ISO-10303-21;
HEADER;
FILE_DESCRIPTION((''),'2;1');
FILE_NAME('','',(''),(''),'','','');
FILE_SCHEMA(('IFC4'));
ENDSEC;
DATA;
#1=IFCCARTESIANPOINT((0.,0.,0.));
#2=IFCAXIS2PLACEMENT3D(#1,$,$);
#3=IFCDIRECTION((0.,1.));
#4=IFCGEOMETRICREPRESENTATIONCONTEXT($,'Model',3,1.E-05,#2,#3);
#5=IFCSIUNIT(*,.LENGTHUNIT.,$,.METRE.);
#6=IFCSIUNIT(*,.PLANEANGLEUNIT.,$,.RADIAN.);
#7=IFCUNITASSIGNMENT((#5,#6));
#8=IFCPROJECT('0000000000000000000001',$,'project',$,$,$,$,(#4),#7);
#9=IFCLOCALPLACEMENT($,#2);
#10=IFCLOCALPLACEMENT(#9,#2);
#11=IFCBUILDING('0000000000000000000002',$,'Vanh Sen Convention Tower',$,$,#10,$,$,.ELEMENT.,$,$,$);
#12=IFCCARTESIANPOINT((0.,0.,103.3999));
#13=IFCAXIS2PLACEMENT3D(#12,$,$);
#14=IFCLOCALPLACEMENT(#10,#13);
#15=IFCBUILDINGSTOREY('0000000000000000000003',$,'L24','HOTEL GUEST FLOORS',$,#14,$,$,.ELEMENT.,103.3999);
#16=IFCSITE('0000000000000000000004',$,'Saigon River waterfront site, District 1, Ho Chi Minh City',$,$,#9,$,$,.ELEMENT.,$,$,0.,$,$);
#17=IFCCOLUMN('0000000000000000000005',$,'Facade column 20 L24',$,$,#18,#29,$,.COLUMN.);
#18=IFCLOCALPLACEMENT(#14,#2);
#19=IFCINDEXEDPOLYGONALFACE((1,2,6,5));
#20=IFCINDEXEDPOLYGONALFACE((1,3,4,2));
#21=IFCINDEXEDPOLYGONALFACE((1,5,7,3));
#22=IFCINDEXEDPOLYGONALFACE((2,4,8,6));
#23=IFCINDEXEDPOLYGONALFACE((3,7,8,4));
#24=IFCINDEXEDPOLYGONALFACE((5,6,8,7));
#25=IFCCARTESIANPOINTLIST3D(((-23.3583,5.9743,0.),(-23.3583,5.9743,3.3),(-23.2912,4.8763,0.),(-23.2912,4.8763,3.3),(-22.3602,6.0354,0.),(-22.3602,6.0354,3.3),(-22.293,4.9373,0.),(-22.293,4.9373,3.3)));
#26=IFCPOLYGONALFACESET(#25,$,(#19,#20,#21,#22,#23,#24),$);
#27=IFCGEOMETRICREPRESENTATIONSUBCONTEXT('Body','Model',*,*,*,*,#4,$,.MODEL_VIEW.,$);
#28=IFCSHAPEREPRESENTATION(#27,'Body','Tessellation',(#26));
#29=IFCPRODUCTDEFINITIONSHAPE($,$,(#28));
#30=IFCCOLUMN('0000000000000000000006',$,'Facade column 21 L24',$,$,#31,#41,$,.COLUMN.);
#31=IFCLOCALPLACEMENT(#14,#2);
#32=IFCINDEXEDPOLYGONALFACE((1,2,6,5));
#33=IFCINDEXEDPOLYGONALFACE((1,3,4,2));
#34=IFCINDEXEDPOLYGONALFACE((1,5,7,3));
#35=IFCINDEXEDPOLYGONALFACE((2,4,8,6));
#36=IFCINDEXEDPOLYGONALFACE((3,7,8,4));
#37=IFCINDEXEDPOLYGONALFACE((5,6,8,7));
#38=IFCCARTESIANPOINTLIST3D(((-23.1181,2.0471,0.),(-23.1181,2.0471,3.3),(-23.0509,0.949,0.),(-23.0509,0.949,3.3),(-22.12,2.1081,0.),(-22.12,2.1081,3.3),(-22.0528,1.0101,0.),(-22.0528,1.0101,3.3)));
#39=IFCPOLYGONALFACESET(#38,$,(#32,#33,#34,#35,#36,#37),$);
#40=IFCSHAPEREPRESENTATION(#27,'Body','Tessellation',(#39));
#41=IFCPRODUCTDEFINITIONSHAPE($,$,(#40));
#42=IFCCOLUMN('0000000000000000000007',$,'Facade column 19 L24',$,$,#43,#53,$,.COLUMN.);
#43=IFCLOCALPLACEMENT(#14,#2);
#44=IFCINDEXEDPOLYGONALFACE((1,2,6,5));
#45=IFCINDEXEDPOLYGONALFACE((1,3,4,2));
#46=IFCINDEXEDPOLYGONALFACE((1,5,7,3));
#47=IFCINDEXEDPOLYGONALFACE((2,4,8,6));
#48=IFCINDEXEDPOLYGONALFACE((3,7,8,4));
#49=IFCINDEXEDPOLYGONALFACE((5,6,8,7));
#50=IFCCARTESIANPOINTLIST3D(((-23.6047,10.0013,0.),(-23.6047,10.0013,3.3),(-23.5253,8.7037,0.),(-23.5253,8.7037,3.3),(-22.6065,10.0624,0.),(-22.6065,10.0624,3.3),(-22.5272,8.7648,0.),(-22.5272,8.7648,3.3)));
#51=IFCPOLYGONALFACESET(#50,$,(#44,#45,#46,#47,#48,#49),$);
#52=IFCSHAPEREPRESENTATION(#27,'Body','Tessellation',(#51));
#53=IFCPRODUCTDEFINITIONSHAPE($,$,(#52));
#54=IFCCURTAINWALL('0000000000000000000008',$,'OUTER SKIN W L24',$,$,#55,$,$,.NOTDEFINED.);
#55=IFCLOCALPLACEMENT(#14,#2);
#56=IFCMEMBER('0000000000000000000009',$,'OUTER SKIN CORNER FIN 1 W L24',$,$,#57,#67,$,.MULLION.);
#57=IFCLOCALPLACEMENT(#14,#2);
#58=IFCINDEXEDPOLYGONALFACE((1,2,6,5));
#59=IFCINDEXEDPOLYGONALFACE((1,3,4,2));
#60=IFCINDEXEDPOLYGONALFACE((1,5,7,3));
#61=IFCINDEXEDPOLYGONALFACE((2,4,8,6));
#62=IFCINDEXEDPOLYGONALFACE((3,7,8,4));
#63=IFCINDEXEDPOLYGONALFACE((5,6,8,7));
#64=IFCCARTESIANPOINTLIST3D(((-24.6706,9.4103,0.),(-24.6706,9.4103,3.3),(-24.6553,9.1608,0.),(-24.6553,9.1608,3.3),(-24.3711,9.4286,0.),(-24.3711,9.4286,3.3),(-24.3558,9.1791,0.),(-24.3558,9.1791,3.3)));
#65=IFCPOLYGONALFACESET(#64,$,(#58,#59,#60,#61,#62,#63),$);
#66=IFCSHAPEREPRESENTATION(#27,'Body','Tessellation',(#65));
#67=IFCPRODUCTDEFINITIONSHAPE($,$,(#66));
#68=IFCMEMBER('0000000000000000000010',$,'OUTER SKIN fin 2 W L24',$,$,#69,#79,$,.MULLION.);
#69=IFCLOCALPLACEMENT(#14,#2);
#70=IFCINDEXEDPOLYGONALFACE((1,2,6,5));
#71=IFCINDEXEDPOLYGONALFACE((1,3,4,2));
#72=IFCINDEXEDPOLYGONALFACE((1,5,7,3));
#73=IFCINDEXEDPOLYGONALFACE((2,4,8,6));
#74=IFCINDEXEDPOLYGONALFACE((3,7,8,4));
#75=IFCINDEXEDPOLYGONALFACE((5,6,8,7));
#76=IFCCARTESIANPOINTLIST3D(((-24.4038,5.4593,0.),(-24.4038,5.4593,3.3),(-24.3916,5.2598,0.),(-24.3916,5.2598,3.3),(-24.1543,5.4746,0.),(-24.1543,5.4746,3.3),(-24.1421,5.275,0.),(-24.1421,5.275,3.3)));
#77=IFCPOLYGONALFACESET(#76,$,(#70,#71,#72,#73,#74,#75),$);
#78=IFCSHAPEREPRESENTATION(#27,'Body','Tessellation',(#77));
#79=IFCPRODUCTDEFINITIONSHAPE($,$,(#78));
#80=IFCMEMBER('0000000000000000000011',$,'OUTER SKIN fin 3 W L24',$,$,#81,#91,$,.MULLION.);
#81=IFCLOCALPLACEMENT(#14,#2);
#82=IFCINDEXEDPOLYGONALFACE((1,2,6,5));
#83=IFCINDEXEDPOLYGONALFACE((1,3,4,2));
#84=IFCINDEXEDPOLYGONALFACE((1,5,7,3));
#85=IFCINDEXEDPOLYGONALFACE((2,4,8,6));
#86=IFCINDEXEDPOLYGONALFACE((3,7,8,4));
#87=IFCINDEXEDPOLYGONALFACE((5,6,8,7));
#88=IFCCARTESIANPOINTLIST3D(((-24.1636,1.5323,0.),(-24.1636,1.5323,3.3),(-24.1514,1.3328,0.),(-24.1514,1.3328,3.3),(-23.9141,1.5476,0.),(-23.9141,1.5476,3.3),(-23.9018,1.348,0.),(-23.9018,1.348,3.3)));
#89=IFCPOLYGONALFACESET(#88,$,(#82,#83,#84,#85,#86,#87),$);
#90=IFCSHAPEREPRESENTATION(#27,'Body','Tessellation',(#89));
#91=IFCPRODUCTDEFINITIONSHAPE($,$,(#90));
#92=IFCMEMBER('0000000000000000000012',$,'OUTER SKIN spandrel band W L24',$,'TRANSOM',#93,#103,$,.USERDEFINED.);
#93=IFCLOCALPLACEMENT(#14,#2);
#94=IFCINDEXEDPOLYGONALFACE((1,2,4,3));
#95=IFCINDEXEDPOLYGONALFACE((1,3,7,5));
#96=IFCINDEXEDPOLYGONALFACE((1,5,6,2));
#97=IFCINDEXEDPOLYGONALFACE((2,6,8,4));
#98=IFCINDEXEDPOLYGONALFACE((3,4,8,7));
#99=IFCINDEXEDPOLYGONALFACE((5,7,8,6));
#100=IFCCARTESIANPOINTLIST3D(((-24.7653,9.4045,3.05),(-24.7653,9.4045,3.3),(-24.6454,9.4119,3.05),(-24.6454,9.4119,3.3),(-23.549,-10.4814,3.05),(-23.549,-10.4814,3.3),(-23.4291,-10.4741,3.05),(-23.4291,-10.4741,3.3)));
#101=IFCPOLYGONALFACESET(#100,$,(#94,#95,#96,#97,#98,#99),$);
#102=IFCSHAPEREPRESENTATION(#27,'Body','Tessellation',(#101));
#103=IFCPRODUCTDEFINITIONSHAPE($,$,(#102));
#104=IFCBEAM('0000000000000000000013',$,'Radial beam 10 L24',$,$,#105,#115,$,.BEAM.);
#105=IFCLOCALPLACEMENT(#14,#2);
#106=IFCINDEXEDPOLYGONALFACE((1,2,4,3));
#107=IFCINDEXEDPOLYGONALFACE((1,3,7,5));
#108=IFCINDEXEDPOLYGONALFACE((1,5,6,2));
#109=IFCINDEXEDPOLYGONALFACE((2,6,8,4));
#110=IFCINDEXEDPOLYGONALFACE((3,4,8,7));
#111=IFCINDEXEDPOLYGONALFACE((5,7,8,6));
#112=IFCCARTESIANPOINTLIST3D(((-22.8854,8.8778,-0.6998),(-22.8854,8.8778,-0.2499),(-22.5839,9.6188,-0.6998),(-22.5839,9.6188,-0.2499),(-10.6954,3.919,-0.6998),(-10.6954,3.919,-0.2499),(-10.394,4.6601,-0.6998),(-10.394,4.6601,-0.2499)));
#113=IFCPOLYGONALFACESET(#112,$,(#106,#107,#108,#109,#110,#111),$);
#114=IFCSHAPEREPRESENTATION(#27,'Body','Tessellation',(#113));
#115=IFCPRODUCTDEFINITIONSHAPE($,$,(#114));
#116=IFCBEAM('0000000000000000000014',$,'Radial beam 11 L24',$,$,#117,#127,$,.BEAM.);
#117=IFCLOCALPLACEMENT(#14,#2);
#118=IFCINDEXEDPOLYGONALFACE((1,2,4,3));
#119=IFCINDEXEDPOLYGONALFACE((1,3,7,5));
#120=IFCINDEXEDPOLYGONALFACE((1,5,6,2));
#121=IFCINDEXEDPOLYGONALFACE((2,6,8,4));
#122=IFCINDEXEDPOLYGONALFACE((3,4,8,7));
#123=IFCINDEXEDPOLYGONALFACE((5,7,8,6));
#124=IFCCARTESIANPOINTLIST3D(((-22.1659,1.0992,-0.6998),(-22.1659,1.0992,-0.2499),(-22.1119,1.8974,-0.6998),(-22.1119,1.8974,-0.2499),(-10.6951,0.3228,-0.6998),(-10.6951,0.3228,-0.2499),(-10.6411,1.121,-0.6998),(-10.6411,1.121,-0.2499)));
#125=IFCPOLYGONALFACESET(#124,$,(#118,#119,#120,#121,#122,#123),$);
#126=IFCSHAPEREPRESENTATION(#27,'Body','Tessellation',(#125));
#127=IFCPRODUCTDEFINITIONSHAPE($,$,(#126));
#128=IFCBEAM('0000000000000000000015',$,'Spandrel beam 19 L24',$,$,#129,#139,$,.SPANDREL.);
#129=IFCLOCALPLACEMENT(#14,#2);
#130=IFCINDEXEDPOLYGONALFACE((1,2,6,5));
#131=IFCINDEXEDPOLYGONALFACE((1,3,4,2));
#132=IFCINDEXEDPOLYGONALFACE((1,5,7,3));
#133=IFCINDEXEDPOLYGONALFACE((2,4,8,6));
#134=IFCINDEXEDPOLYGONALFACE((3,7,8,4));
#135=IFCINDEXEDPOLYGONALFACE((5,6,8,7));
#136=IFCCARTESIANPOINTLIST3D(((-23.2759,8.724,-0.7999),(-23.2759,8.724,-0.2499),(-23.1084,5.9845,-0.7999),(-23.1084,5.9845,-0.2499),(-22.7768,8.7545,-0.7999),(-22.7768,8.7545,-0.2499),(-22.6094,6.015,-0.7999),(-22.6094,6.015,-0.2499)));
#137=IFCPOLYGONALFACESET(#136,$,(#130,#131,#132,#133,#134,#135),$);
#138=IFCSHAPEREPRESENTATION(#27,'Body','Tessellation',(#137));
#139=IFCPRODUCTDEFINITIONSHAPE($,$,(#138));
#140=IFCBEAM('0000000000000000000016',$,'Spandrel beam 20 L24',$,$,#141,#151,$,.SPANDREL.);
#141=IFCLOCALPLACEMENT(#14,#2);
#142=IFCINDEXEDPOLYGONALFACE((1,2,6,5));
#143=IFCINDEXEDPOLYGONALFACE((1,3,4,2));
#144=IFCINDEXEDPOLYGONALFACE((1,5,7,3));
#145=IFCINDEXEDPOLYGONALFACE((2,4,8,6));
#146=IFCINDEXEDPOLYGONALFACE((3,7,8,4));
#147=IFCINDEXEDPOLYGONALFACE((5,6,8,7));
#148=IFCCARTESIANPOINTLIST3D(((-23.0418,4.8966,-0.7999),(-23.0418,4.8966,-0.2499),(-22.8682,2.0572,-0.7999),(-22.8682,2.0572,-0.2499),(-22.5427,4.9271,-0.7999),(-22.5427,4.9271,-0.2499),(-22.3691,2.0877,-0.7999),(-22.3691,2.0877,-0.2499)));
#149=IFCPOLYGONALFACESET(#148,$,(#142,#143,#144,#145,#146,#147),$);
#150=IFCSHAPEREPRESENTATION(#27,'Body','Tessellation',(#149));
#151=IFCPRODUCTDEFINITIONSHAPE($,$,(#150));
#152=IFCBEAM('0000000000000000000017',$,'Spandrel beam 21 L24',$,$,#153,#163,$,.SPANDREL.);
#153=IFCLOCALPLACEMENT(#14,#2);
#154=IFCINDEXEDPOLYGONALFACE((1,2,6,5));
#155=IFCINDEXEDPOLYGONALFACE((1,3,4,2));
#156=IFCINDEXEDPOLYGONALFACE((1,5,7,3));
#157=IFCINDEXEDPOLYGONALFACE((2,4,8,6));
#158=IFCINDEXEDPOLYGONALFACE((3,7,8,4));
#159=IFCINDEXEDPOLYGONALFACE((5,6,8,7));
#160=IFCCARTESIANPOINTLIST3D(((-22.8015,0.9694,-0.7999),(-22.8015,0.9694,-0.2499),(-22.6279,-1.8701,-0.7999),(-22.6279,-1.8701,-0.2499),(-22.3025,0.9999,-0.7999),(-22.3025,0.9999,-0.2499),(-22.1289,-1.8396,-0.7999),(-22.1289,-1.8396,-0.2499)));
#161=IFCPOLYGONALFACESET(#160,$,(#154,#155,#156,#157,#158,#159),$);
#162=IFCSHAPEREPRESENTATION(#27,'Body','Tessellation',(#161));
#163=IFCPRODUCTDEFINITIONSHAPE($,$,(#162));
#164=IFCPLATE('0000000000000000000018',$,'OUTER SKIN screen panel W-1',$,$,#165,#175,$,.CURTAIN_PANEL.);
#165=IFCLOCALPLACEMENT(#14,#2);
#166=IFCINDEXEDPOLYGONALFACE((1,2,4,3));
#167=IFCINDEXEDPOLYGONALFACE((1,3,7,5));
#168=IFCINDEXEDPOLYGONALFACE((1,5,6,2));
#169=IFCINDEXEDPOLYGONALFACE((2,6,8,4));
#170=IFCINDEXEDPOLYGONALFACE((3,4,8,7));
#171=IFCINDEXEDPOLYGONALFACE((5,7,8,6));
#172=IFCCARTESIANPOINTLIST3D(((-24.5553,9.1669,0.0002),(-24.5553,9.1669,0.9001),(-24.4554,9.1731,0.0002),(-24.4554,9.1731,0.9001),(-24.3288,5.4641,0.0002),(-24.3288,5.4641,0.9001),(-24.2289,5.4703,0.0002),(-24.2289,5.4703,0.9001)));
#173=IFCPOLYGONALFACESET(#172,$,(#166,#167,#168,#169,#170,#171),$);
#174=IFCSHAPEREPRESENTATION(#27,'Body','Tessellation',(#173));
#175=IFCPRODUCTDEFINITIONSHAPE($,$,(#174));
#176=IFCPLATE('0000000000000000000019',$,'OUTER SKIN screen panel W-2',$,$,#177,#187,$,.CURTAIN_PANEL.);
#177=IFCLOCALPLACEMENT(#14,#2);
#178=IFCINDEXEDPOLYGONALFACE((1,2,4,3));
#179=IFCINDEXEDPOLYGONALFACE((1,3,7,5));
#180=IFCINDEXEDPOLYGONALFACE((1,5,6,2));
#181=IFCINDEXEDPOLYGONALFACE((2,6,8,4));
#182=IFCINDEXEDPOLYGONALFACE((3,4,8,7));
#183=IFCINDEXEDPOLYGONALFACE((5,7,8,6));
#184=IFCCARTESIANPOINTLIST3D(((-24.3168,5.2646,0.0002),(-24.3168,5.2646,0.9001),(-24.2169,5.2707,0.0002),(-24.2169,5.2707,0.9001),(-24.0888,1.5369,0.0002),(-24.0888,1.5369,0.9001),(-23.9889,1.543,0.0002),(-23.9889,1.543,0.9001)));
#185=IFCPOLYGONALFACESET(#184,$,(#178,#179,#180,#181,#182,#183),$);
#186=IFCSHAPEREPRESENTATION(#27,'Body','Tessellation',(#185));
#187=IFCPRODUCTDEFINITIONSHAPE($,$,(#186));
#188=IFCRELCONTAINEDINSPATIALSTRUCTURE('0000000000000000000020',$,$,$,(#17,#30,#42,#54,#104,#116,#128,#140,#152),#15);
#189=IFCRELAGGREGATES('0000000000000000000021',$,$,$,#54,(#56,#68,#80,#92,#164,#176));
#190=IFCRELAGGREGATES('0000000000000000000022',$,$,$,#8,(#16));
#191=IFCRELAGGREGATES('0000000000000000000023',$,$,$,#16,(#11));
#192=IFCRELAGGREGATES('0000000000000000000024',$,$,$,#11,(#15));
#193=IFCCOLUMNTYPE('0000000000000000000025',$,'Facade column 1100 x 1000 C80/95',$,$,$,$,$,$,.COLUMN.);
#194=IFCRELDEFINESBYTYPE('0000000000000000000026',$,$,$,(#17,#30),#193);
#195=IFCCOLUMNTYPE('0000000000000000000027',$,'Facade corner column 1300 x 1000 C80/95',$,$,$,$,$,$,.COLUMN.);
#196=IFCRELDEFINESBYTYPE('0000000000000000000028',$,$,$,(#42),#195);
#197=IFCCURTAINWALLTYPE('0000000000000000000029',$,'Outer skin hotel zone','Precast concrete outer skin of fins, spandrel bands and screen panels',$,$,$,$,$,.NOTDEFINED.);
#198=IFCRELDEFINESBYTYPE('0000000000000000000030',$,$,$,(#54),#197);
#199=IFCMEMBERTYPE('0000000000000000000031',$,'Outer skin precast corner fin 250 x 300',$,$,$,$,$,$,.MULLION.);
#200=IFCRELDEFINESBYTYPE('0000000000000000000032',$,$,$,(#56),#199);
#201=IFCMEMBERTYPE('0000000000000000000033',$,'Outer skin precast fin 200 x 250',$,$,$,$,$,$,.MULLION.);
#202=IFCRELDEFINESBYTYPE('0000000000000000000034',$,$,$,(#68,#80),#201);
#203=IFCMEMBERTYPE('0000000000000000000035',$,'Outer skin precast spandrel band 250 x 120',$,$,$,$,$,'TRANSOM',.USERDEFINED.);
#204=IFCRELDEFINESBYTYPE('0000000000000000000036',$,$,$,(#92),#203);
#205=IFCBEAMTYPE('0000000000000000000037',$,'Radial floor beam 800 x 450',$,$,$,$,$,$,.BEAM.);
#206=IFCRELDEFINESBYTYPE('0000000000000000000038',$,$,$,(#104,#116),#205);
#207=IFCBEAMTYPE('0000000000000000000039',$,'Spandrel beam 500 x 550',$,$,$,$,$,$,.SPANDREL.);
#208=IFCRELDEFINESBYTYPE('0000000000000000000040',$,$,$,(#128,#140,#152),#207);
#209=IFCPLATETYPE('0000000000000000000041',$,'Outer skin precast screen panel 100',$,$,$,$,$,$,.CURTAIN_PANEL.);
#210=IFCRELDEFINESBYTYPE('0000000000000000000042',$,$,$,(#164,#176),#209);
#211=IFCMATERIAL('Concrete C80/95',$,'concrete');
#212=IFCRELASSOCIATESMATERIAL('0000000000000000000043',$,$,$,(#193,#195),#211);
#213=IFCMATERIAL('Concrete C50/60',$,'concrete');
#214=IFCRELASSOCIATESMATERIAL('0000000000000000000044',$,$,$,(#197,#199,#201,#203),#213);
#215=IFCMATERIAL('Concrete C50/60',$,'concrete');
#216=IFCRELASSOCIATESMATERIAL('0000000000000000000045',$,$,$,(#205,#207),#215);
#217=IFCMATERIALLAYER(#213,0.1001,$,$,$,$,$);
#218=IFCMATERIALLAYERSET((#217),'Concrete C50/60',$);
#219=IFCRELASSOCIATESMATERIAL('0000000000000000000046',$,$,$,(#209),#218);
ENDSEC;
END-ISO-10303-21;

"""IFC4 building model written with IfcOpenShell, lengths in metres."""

from ifc_helpers import new_model, si_unit, direction, frame, origin, origin_2d, place, context, subcontext, project, spatial, rectangle, extrude, material, layer, layer_set, material_profile, profile_set, type_object, element, aggregate, save


model = new_model("IFC4")

# Units and contexts
model_context = context("Model", 3, precision=1e-05, world=origin(), true_north=direction((0.0, 1.0)))
body_context = subcontext(model_context, "Body", "Model", "MODEL_VIEW")
ifc_project = project(units=[si_unit("LENGTHUNIT", "METRE"), si_unit("PLANEANGLEUNIT", "RADIAN")], contexts=[model_context])

# Site, building, storey
site_placement = place(None, origin())
site = spatial("IfcSite", under=ifc_project, at=site_placement, Name="Saigon River waterfront site, District 1, Ho Chi Minh City", CompositionType="ELEMENT", RefElevation=0.0)
building_placement = place(site_placement, origin())
building = spatial("IfcBuilding", under=site, at=building_placement, Name="Vanh Sen Convention Tower", CompositionType="ELEMENT")
storey_placement = place(building_placement, frame((0.0, 0.0, 103.3999)))
storey = spatial("IfcBuildingStorey", under=building, at=storey_placement, Name="L24", Description="HOTEL GUEST FLOORS", CompositionType="ELEMENT", Elevation=103.3999)

# Columns
ifc_material_1 = material(Name="Concrete C80/95", Category="concrete")
ifc_material_profile_1 = material_profile(ifc_material_1, rectangle(XDim=1.1001, YDim=1.0, at=origin_2d()), Name="RC 1100X1000")
ifc_profile_set_1 = profile_set([ifc_material_profile_1], Name="Concrete C80/95")
column_type_1 = type_object("IfcColumnType", Name="Facade column 1100 x 1000 C80/95", PredefinedType="COLUMN", material=ifc_profile_set_1)
for number, where, z_axis, x_axis, name in (
    (1, (-22.8257, 5.4558, 0.0), (0.0, 0.0, 1.0), (0.061049, -0.998135, 0.0), "Facade column 20 L24"),
    (2, (-22.5854, 1.5286, 0.0), (0.0, 0.0, 1.0), (0.061049, -0.998135, 0.0), "Facade column 21 L24"),
):
    element("IfcColumn", number, at=place(storey_placement, frame(where, z_axis=z_axis, x_axis=x_axis)), inside=storey, type_object=column_type_1, Name=name, PredefinedType="COLUMN", context=body_context, shape_type="SweptSolid", body=[
        extrude(rectangle(XDim=1.1001, YDim=1.0, at=origin_2d()), origin(), (0.0, 0.0, 1.0), 3.3),
    ])
ifc_material_profile_2 = material_profile(ifc_material_1, rectangle(XDim=1.3, YDim=1.0, at=origin_2d()), Name="RC 1300X1000")
ifc_profile_set_2 = profile_set([ifc_material_profile_2], Name="Concrete C80/95")
column_type_2 = type_object("IfcColumnType", Name="Facade corner column 1300 x 1000 C80/95", PredefinedType="COLUMN", material=ifc_profile_set_2)
column_placement = place(storey_placement, frame((-23.0659, 9.3831, 0.0), z_axis=(0.0, 0.0, 1.0), x_axis=(0.061049, -0.998135, 0.0)))
element("IfcColumn", 3, at=column_placement, inside=storey, type_object=column_type_2, Name="Facade column 19 L24", PredefinedType="COLUMN", context=body_context, shape_type="SweptSolid", body=[
    extrude(rectangle(XDim=1.3, YDim=1.0, at=origin_2d()), origin(), (0.0, 0.0, 1.0), 3.3),
])

# Curtain wall, members
ifc_material_2 = material(Name="Concrete C50/60", Category="concrete")
curtain_wall_type = type_object("IfcCurtainWallType", Name="Outer skin hotel zone", Description="Precast concrete outer skin of fins, spandrel bands and screen panels", PredefinedType="NOTDEFINED", material=ifc_material_2)
curtain_wall_placement = place(storey_placement, origin())
curtain_wall = element("IfcCurtainWall", 4, at=curtain_wall_placement, inside=storey, type_object=curtain_wall_type, Name="OUTER SKIN W L24", PredefinedType="NOTDEFINED")
ifc_material_profile_3 = material_profile(ifc_material_2, rectangle(XDim=0.25, YDim=0.3, at=origin_2d()), Name="Outer skin precast corner fin 250 x 300")
ifc_profile_set_3 = profile_set([ifc_material_profile_3], Name="Concrete C50/60")
member_type_1 = type_object("IfcMemberType", Name="Outer skin precast corner fin 250 x 300", PredefinedType="MULLION", material=ifc_profile_set_3)
member_1_placement = place(storey_placement, frame((-24.5132, 9.2947, 0.0), z_axis=(0.0, 0.0, 1.0), x_axis=(0.061049, -0.998135, 0.0)))
member_1 = element("IfcMember", 5, at=member_1_placement, type_object=member_type_1, Name="OUTER SKIN CORNER FIN 1 W L24", PredefinedType="MULLION", context=body_context, shape_type="SweptSolid", body=[
    extrude(rectangle(XDim=0.25, YDim=0.3, at=origin_2d()), origin(), (0.0, 0.0, 1.0), 3.3),
])
ifc_material_profile_4 = material_profile(ifc_material_2, rectangle(XDim=0.2, YDim=0.25, at=origin_2d()), Name="Outer skin precast fin 200 x 250")
ifc_profile_set_4 = profile_set([ifc_material_profile_4], Name="Concrete C50/60")
member_type_2 = type_object("IfcMemberType", Name="Outer skin precast fin 200 x 250", PredefinedType="MULLION", material=ifc_profile_set_4)
member_2_placement = place(storey_placement, frame((-24.2729, 5.3672, 0.0), z_axis=(0.0, 0.0, 1.0), x_axis=(0.061049, -0.998135, 0.0)))
member_2 = element("IfcMember", 6, at=member_2_placement, type_object=member_type_2, Name="OUTER SKIN fin 2 W L24", PredefinedType="MULLION", context=body_context, shape_type="SweptSolid", body=[
    extrude(rectangle(XDim=0.2, YDim=0.25, at=origin_2d()), origin(), (0.0, 0.0, 1.0), 3.3),
])
member_3_placement = place(storey_placement, frame((-24.0327, 1.4402, 0.0), z_axis=(0.0, 0.0, 1.0), x_axis=(0.061049, -0.998135, 0.0)))
member_3 = element("IfcMember", 7, at=member_3_placement, type_object=member_type_2, Name="OUTER SKIN fin 3 W L24", PredefinedType="MULLION", context=body_context, shape_type="SweptSolid", body=[
    extrude(rectangle(XDim=0.2, YDim=0.25, at=origin_2d()), origin(), (0.0, 0.0, 1.0), 3.3),
])
ifc_material_profile_5 = material_profile(ifc_material_2, rectangle(XDim=0.1201, YDim=0.25, at=origin_2d()), Name="Outer skin precast spandrel band 250 x 120")
ifc_profile_set_5 = profile_set([ifc_material_profile_5], Name="Concrete C50/60")
member_type_3 = type_object("IfcMemberType", Name="Outer skin precast spandrel band 250 x 120", ElementType="TRANSOM", PredefinedType="USERDEFINED", material=ifc_profile_set_5)
member_4_placement = place(storey_placement, frame((-24.7053, 9.4082, 3.175), z_axis=(0.06105, -0.998135, 0.0), x_axis=(0.998135, 0.06105, 0.0)))
member_4 = element("IfcMember", 8, at=member_4_placement, type_object=member_type_3, Name="OUTER SKIN spandrel band W L24", ObjectType="TRANSOM", PredefinedType="USERDEFINED", context=body_context, shape_type="SweptSolid", body=[
    extrude(rectangle(XDim=0.1201, YDim=0.25, at=origin_2d()), origin(), (0.0, 0.0, 1.0), 19.9231),
])

# Beams
ifc_material_3 = material(Name="Concrete C50/60", Category="concrete")
ifc_material_profile_6 = material_profile(ifc_material_3, rectangle(XDim=0.8, YDim=0.45, at=origin_2d()), Name="RC 800X450")
ifc_profile_set_6 = profile_set([ifc_material_profile_6], Name="Concrete C50/60")
beam_type_1 = type_object("IfcBeamType", Name="Radial floor beam 800 x 450", PredefinedType="BEAM", material=ifc_profile_set_6)
beam_1_placement = place(storey_placement, frame((-22.7346, 9.2483, -0.4749), z_axis=(0.926292, -0.376806, 0.0), x_axis=(0.376806, 0.926292, 0.0)))
element("IfcBeam", 9, at=beam_1_placement, inside=storey, type_object=beam_type_1, Name="Radial beam 10 L24", PredefinedType="BEAM", context=body_context, shape_type="SweptSolid", body=[
    extrude(rectangle(XDim=0.8, YDim=0.45, at=origin_2d()), origin(), (0.0, 0.0, 1.0), 13.1599),
])
beam_2_placement = place(storey_placement, frame((-22.1389, 1.4983, -0.4749), z_axis=(0.997717, -0.067527, 0.0), x_axis=(0.067527, 0.997717, 0.0)))
element("IfcBeam", 10, at=beam_2_placement, inside=storey, type_object=beam_type_1, Name="Radial beam 11 L24", PredefinedType="BEAM", context=body_context, shape_type="SweptSolid", body=[
    extrude(rectangle(XDim=0.8, YDim=0.45, at=origin_2d()), origin(), (0.0, 0.0, 1.0), 11.4971),
])
ifc_material_profile_7 = material_profile(ifc_material_3, rectangle(XDim=0.5, YDim=0.55, at=origin_2d()), Name="RC 500X550")
ifc_profile_set_7 = profile_set([ifc_material_profile_7], Name="Concrete C50/60")
beam_type_2 = type_object("IfcBeamType", Name="Spandrel beam 500 x 550", PredefinedType="SPANDREL", material=ifc_profile_set_7)
beam_3_placement = place(storey_placement, frame((-23.0264, 8.7393, -0.5249), z_axis=(0.061021, -0.998136, 0.0), x_axis=(0.998136, 0.061021, 0.0)))
element("IfcBeam", 11, at=beam_3_placement, inside=storey, type_object=beam_type_2, Name="Spandrel beam 19 L24", PredefinedType="SPANDREL", context=body_context, shape_type="SweptSolid", body=[
    extrude(rectangle(XDim=0.5, YDim=0.55, at=origin_2d()), origin(), (0.0, 0.0, 1.0), 2.7446),
])
for number, where, z_axis, x_axis, name in (
    (12, (-22.7922, 4.9119, -0.5249), (0.061021, -0.998136, 0.0), (0.998136, 0.061021, 0.0), "Spandrel beam 20 L24"),
    (13, (-22.552, 0.9846, -0.5249), (0.061021, -0.998136, 0.0), (0.998136, 0.061021, 0.0), "Spandrel beam 21 L24"),
):
    element("IfcBeam", number, at=place(storey_placement, frame(where, z_axis=z_axis, x_axis=x_axis)), inside=storey, type_object=beam_type_2, Name=name, PredefinedType="SPANDREL", context=body_context, shape_type="SweptSolid", body=[
        extrude(rectangle(XDim=0.5, YDim=0.55, at=origin_2d()), origin(), (0.0, 0.0, 1.0), 2.8447),
    ])

# Plates
ifc_layer_1 = layer(ifc_material_2, 0.1001)
ifc_layer_set_1 = layer_set([ifc_layer_1], Name="Concrete C50/60")
plate_type = type_object("IfcPlateType", Name="Outer skin precast screen panel 100", PredefinedType="CURTAIN_PANEL", material=ifc_layer_set_1)
plate_1_placement = place(storey_placement, frame((-24.3921, 7.3186, 0.0002), z_axis=(0.0, 0.0, 1.0), x_axis=(0.061047, -0.998135, 0.0)))
plate_1 = element("IfcPlate", 14, at=plate_1_placement, type_object=plate_type, Name="OUTER SKIN screen panel W-1", PredefinedType="CURTAIN_PANEL", context=body_context, shape_type="SweptSolid", body=[
    extrude(rectangle(XDim=3.7097, YDim=0.1001, at=origin_2d()), origin(), (0.0, 0.0, 1.0), 0.8999),
])
plate_2_placement = place(storey_placement, frame((-24.1528, 3.4038, 0.0002), z_axis=(0.0, 0.0, 1.0), x_axis=(0.061049, -0.998135, 0.0)))
plate_2 = element("IfcPlate", 15, at=plate_2_placement, type_object=plate_type, Name="OUTER SKIN screen panel W-2", PredefinedType="CURTAIN_PANEL", context=body_context, shape_type="SweptSolid", body=[
    extrude(rectangle(XDim=3.7346, YDim=0.1001, at=origin_2d()), origin(), (0.0, 0.0, 1.0), 0.8999),
])
aggregate(curtain_wall, [member_1, member_2, member_3, member_4, plate_1, plate_2])

save(model, "model.ifc")
